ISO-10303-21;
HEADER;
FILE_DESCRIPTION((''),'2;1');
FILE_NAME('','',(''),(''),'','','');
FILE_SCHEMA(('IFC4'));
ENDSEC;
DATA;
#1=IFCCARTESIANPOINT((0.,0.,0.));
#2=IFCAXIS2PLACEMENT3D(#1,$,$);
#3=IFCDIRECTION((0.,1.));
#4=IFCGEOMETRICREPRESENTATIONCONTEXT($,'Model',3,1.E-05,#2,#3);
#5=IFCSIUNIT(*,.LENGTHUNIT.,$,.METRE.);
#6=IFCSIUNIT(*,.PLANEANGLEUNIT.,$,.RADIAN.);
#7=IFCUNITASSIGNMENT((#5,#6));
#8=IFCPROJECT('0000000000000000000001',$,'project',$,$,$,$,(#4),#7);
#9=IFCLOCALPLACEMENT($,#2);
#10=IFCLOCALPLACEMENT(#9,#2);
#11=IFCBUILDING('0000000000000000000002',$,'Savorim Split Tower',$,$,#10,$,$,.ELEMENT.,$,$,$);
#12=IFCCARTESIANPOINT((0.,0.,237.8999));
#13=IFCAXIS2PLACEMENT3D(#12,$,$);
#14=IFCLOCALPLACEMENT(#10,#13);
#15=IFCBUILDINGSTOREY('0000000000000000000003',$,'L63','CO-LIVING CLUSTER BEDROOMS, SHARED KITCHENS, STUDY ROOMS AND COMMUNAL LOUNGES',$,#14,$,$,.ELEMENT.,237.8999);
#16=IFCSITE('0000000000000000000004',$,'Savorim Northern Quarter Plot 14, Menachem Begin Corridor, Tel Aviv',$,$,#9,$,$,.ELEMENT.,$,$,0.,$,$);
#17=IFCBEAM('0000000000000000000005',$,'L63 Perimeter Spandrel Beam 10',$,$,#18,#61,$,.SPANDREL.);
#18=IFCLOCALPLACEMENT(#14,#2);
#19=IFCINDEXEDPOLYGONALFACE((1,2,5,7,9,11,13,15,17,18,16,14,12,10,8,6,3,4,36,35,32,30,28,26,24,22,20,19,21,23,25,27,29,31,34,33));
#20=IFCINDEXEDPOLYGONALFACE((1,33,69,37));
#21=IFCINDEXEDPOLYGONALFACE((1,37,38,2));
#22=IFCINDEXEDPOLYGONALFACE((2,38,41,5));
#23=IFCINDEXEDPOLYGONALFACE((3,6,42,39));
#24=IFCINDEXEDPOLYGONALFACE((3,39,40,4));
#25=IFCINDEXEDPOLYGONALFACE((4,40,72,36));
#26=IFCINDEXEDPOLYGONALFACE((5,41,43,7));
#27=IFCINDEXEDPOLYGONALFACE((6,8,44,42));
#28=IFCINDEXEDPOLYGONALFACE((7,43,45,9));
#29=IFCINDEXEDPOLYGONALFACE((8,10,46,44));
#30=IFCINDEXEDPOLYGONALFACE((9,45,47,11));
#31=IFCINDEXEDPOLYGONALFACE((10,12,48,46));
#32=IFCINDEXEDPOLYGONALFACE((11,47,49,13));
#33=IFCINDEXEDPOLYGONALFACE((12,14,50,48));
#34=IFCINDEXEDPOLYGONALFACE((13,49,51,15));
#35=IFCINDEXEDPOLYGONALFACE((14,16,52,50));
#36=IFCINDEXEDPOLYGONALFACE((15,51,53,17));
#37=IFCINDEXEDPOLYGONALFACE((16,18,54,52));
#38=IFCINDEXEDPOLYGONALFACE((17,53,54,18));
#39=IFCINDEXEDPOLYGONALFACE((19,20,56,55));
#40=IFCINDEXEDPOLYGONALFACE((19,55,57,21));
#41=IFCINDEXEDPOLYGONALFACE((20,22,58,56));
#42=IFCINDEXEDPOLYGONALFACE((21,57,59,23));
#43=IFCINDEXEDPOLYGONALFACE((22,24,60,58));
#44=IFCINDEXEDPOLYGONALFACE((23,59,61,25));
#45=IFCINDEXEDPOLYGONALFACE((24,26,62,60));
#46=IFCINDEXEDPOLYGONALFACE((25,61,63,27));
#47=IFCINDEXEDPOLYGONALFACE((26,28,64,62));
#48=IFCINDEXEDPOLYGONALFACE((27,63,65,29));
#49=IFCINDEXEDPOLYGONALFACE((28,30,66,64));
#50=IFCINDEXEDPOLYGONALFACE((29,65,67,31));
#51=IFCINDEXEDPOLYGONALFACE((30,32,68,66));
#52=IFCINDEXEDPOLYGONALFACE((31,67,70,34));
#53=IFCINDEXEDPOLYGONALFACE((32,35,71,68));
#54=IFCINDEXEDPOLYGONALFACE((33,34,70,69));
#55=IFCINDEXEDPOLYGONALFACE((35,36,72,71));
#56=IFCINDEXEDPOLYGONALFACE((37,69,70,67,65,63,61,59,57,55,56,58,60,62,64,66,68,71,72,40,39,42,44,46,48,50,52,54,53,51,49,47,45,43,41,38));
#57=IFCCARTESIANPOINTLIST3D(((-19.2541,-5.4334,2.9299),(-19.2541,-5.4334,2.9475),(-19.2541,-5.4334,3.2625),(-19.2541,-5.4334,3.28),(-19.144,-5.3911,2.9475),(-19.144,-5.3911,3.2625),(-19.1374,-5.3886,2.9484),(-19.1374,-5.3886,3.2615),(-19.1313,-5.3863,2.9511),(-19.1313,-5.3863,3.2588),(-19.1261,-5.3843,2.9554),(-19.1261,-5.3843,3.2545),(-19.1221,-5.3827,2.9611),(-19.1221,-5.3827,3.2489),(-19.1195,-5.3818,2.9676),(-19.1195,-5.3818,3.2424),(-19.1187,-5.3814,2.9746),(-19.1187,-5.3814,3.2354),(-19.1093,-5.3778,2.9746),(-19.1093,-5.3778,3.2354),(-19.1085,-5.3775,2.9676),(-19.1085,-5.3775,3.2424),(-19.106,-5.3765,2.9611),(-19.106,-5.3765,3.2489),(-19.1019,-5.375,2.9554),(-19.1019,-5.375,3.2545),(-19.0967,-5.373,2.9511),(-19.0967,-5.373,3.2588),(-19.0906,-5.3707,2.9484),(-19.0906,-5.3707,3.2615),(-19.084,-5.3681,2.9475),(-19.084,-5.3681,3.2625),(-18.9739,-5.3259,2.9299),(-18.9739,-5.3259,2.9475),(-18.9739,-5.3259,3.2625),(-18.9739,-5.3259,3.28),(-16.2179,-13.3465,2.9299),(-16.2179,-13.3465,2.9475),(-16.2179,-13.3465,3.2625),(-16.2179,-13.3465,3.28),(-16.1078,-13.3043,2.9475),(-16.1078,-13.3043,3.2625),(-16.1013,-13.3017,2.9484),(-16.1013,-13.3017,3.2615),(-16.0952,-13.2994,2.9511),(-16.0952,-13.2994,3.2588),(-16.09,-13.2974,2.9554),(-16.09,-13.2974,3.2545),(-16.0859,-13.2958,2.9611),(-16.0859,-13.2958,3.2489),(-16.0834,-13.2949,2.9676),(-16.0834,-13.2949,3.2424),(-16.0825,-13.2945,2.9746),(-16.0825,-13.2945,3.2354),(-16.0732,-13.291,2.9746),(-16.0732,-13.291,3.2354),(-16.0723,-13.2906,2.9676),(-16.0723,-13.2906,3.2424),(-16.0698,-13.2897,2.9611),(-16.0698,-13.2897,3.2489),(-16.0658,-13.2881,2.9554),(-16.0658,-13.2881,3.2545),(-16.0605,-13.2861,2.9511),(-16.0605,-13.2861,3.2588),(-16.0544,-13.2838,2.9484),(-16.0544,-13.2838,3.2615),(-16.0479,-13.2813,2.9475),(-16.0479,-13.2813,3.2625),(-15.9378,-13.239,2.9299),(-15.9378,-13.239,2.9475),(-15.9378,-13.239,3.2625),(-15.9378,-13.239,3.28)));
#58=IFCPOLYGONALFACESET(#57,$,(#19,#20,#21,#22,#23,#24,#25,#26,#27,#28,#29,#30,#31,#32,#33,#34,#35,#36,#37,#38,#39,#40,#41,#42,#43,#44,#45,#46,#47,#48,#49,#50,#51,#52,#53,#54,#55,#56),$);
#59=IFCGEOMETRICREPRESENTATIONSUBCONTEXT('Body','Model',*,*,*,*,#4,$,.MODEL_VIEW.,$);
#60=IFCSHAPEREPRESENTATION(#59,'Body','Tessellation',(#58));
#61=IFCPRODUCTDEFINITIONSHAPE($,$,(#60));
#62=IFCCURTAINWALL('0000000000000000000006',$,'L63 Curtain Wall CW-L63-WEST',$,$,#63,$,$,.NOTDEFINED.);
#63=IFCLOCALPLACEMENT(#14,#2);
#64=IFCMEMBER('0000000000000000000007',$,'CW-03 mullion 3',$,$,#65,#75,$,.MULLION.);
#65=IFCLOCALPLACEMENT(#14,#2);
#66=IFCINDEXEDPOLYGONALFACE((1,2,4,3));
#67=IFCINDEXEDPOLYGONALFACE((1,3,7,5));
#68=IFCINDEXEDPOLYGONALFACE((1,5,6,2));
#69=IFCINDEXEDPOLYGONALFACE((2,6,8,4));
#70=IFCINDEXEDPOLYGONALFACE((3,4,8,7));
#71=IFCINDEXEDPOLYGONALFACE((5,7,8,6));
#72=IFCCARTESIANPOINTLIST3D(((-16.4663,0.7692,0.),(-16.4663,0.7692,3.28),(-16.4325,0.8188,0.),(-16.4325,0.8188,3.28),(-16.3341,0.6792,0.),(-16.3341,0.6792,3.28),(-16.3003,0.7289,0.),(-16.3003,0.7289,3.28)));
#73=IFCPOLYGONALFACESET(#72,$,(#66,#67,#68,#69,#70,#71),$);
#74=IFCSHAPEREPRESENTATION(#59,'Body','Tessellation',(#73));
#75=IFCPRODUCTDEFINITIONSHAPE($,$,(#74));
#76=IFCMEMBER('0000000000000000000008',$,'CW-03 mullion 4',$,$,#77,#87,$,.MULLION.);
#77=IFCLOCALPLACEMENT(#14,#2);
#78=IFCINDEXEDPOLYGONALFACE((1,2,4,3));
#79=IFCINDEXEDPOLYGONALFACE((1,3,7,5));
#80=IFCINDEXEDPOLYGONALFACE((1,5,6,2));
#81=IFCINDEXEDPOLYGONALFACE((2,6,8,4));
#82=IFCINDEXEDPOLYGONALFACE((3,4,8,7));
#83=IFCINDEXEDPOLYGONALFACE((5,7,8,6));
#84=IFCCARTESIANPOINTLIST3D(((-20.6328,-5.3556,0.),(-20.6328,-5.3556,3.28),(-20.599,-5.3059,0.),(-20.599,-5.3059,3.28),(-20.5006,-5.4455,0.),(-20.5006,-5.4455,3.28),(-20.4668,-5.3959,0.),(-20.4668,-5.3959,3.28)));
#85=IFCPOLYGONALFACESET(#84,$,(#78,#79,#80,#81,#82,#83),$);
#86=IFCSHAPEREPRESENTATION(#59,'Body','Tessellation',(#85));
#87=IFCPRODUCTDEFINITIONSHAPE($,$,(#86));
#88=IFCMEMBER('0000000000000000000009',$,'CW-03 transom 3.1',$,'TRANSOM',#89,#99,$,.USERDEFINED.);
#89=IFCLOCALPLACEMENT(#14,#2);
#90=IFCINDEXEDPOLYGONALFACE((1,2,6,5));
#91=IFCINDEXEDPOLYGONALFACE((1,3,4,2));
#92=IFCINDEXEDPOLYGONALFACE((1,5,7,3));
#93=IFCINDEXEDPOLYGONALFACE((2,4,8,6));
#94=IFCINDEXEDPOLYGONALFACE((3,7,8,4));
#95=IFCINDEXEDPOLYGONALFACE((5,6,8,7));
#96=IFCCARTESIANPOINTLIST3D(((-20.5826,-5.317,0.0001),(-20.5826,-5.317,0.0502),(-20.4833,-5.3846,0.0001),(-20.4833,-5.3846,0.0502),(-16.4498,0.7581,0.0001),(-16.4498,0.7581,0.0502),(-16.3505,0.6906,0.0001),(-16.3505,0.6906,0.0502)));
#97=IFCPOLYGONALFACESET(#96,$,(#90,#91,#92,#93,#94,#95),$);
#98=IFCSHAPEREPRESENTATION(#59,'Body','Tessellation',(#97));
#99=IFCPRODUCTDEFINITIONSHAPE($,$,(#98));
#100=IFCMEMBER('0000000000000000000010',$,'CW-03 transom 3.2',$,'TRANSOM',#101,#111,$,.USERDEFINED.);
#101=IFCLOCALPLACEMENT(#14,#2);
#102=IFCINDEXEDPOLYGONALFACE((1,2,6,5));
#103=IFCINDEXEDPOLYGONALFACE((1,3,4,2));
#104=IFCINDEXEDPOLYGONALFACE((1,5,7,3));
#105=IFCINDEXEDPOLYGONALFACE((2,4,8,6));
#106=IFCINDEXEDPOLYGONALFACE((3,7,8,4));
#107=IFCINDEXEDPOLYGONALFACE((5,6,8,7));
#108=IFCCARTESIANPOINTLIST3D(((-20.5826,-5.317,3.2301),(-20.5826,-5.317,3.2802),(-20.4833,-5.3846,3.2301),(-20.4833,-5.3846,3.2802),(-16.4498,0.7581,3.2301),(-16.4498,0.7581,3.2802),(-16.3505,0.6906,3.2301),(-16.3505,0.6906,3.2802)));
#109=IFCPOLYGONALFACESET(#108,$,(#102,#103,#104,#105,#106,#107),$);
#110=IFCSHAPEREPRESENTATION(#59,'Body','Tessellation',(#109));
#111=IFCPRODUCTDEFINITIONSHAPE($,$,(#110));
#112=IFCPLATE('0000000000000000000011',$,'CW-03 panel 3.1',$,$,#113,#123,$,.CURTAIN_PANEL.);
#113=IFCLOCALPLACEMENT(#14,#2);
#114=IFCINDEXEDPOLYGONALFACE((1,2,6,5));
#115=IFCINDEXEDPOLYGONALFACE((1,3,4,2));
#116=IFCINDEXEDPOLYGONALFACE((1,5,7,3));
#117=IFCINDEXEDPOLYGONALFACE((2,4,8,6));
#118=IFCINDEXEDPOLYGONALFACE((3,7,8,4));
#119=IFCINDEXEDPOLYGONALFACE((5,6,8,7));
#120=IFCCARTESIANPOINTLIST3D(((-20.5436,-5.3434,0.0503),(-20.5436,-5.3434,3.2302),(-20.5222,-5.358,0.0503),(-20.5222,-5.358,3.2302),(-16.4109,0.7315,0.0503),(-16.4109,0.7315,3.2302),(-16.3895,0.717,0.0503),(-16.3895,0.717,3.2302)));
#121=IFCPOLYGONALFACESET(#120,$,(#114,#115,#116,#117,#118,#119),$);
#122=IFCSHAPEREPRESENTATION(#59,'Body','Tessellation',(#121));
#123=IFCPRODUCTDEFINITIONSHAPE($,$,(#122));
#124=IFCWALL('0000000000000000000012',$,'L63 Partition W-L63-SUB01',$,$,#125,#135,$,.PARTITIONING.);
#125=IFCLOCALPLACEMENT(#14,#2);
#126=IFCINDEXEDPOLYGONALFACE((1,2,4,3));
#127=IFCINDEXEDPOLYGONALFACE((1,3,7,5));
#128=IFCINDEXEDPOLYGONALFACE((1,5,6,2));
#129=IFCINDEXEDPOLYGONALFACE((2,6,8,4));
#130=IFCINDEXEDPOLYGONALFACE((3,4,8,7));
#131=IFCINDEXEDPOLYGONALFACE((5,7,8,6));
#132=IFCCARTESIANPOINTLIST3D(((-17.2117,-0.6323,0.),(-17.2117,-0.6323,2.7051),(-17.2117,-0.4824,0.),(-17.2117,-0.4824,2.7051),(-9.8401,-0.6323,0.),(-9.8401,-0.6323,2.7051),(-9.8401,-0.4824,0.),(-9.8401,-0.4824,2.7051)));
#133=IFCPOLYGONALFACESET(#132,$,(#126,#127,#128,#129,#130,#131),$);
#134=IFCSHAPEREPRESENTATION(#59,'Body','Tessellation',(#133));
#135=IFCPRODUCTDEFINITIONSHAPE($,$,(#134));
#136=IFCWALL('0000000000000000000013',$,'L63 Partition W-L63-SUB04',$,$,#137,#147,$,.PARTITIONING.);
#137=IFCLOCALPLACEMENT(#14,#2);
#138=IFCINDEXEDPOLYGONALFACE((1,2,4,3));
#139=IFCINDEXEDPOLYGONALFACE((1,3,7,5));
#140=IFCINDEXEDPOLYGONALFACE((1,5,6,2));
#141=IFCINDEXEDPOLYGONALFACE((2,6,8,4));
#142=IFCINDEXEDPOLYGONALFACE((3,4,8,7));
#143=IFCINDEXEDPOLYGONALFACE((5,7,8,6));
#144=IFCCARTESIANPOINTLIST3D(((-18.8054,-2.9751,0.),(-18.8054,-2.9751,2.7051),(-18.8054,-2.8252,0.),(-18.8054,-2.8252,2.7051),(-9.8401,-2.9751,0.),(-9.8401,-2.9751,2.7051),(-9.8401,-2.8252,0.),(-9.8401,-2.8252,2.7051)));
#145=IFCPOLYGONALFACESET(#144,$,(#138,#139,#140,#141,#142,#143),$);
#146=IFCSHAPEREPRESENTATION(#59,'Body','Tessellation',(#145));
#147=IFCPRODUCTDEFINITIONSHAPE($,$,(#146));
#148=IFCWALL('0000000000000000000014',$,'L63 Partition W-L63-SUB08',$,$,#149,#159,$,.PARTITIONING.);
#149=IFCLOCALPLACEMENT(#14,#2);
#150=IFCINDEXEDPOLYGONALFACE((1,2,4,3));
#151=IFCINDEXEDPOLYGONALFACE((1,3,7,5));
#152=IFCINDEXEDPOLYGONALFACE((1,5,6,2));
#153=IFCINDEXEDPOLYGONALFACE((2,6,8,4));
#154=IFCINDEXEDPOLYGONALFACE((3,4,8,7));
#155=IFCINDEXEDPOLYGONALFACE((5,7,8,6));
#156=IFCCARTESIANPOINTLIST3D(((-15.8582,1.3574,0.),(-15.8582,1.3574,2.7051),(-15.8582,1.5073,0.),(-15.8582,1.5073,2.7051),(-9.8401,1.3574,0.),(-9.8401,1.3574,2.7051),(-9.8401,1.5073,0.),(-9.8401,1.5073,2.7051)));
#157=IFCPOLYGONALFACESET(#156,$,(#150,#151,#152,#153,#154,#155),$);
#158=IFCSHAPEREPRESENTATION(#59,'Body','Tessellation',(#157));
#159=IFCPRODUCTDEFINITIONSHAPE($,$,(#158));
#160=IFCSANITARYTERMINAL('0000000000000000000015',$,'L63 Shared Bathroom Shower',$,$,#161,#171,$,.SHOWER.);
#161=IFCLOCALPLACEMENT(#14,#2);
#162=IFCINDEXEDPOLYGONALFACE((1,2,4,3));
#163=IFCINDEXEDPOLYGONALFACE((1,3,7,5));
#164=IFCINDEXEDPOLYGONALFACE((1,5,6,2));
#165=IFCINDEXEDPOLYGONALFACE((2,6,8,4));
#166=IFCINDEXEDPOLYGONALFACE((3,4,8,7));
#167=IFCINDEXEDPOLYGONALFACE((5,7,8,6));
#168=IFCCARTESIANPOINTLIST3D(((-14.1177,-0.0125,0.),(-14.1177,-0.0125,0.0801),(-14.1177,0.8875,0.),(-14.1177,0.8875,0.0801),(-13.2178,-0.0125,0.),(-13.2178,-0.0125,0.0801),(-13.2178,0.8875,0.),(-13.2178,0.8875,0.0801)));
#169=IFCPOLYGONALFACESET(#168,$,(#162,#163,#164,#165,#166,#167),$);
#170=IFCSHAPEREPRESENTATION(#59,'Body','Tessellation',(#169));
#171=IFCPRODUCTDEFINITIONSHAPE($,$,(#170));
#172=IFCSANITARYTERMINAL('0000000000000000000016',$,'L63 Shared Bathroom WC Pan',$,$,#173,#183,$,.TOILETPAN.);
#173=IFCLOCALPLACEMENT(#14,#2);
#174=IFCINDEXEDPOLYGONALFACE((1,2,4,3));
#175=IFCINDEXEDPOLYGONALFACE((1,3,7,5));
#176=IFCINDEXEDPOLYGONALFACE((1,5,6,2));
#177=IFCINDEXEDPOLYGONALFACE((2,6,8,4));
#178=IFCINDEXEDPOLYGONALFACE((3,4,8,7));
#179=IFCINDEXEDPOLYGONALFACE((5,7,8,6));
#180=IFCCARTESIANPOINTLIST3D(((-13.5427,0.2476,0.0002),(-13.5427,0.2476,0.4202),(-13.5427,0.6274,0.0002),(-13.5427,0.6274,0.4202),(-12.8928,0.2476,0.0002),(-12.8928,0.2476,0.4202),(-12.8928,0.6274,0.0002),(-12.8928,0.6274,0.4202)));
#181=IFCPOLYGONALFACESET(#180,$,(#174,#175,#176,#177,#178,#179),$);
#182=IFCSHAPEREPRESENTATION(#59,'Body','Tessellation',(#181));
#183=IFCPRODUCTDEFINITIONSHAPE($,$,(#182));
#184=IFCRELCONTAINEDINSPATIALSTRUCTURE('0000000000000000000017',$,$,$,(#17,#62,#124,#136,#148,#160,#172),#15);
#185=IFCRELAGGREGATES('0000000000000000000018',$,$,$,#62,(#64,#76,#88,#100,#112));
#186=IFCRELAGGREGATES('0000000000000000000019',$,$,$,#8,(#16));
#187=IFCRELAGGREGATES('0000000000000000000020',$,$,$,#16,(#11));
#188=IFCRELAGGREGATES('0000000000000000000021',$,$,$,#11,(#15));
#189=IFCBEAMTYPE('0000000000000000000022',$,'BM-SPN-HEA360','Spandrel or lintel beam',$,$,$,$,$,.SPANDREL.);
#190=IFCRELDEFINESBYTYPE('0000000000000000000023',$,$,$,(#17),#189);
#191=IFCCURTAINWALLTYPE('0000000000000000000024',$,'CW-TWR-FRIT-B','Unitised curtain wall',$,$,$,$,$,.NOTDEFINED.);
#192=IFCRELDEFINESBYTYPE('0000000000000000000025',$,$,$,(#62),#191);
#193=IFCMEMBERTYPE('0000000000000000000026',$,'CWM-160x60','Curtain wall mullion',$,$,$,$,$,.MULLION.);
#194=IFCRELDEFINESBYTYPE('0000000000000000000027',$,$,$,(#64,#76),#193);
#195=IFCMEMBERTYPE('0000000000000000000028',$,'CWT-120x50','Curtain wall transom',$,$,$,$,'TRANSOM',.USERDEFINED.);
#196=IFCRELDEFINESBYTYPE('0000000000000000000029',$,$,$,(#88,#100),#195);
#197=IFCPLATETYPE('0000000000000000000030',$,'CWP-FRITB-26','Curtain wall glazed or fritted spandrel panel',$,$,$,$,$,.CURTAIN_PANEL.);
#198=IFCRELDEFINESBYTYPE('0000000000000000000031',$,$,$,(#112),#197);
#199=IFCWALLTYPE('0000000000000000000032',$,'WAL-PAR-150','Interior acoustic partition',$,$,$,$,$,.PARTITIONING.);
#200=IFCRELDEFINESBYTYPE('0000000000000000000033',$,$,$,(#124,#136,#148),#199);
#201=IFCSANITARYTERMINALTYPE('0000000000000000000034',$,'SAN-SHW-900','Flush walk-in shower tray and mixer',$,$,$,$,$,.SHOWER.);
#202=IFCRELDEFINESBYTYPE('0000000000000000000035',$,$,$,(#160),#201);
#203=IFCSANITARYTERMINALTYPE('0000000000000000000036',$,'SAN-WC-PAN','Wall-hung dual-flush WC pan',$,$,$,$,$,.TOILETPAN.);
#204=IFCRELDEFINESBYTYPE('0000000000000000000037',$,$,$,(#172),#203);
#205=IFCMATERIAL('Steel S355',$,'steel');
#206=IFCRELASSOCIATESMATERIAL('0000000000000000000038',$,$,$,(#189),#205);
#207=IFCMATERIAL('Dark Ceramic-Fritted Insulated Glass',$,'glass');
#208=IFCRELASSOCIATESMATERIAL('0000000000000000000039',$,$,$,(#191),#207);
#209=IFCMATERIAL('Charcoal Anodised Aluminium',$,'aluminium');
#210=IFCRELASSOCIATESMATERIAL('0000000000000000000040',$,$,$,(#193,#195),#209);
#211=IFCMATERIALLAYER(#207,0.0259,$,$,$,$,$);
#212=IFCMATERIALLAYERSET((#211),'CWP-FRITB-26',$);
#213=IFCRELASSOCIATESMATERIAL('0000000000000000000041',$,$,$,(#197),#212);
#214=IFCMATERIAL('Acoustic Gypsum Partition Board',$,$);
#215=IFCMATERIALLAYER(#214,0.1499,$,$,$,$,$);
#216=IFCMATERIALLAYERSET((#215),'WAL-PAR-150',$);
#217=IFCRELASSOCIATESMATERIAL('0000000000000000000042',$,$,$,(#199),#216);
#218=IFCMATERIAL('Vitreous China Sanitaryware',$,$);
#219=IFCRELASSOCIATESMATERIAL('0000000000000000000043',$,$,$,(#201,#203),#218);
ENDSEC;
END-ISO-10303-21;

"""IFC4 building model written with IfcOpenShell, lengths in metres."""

from ifc_helpers import new_model, si_unit, direction, frame, frame_2d, origin, origin_2d, place, context, subcontext, project, spatial, rectangle, i_section, extrude, material, layer, layer_set, material_profile, profile_set, type_object, element, aggregate, save


model = new_model("IFC4")

# Units and contexts
model_context = context("Model", 3, precision=1e-05, world=origin(), true_north=direction((0.0, 1.0)))
body_context = subcontext(model_context, "Body", "Model", "MODEL_VIEW")
ifc_project = project(units=[si_unit("LENGTHUNIT", "METRE"), si_unit("PLANEANGLEUNIT", "RADIAN")], contexts=[model_context])

# Site, building, storey
site_placement = place(None, origin())
site = spatial("IfcSite", under=ifc_project, at=site_placement, Name="Savorim Northern Quarter Plot 14, Menachem Begin Corridor, Tel Aviv", CompositionType="ELEMENT", RefElevation=0.0)
building_placement = place(site_placement, origin())
building = spatial("IfcBuilding", under=site, at=building_placement, Name="Savorim Split Tower", CompositionType="ELEMENT")
storey_placement = place(building_placement, frame((0.0, 0.0, 237.8999)))
storey = spatial("IfcBuildingStorey", under=building, at=storey_placement, Name="L63", Description="CO-LIVING CLUSTER BEDROOMS, SHARED KITCHENS, STUDY ROOMS AND COMMUNAL LOUNGES", CompositionType="ELEMENT", Elevation=237.8999)

# Shared definitions
ifc_material_1 = material(Name="Steel S355", Category="steel")

# Beam
ifc_material_profile_1 = material_profile(ifc_material_1, i_section(OverallWidth=0.3, OverallDepth=0.3501, WebThickness=0.01, FlangeThickness=0.0176, FilletRadius=0.0271, at=origin_2d()), Name="HEA 360")
ifc_profile_set_1 = profile_set([ifc_material_profile_1], Name="Steel S355")
beam_type_1 = type_object("IfcBeamType", Name="BM-SPN-HEA360", Description="Spandrel or lintel beam", PredefinedType="SPANDREL", material=ifc_profile_set_1)
beam_1_placement = place(storey_placement, frame((-19.114, -5.3796, 3.105), z_axis=(0.358222, -0.933636, 0.0), x_axis=(0.933636, 0.358222, 0.0)))
element("IfcBeam", 1, at=beam_1_placement, inside=storey, type_object=beam_type_1, Name="L63 Perimeter Spandrel Beam 10", PredefinedType="SPANDREL", context=body_context, shape_type="SweptSolid", body=[
    extrude(i_section(OverallWidth=0.3, OverallDepth=0.3501, WebThickness=0.01, FlangeThickness=0.0176, FilletRadius=0.0271, at=origin_2d()), origin(), (0.0, 0.0, 1.0), 8.4756),
])

# Curtain wall, members, plate
ifc_material_2 = material(Name="Dark Ceramic-Fritted Insulated Glass", Category="glass")
curtain_wall_type = type_object("IfcCurtainWallType", Name="CW-TWR-FRIT-B", Description="Unitised curtain wall", PredefinedType="NOTDEFINED", material=ifc_material_2)
curtain_wall_placement = place(storey_placement, origin())
curtain_wall = element("IfcCurtainWall", 2, at=curtain_wall_placement, inside=storey, type_object=curtain_wall_type, Name="L63 Curtain Wall CW-L63-WEST", PredefinedType="NOTDEFINED")
ifc_material_3 = material(Name="Charcoal Anodised Aluminium", Category="aluminium")
ifc_material_profile_2 = material_profile(ifc_material_3, rectangle(XDim=0.1599, YDim=0.0601, at=origin_2d()), Name="ALU-M 160x60")
ifc_profile_set_2 = profile_set([ifc_material_profile_2], Name="Charcoal Anodised Aluminium")
member_type_1 = type_object("IfcMemberType", Name="CWM-160x60", Description="Curtain wall mullion", PredefinedType="MULLION", material=ifc_profile_set_2)
member_1_placement = place(storey_placement, frame((-16.3833, 0.749, 0.0), z_axis=(0.0, 0.0, 1.0), x_axis=(0.82682, -0.562467, 0.0)))
member_1 = element("IfcMember", 3, at=member_1_placement, type_object=member_type_1, Name="CW-03 mullion 3", PredefinedType="MULLION", context=body_context, shape_type="SweptSolid", body=[
    extrude(rectangle(XDim=0.1599, YDim=0.0601, at=origin_2d()), origin(), (0.0, 0.0, 1.0), 3.28),
])
member_2_placement = place(storey_placement, frame((-20.5498, -5.3757, 0.0), z_axis=(0.0, 0.0, 1.0), x_axis=(0.82682, -0.562467, 0.0)))
member_2 = element("IfcMember", 4, at=member_2_placement, type_object=member_type_1, Name="CW-03 mullion 4", PredefinedType="MULLION", context=body_context, shape_type="SweptSolid", body=[
    extrude(rectangle(XDim=0.1599, YDim=0.0601, at=origin_2d()), origin(), (0.0, 0.0, 1.0), 3.28),
])
ifc_material_profile_3 = material_profile(ifc_material_3, rectangle(XDim=0.1201, YDim=0.05, at=origin_2d()), Name="ALU-T 120x50")
ifc_profile_set_3 = profile_set([ifc_material_profile_3], Name="Charcoal Anodised Aluminium")
member_type_2 = type_object("IfcMemberType", Name="CWT-120x50", Description="Curtain wall transom", ElementType="TRANSOM", PredefinedType="USERDEFINED", material=ifc_profile_set_3)
member_3_placement = place(storey_placement, frame((-16.4001, 0.7244, 0.0251), z_axis=(-0.562466, -0.82682, 0.0), x_axis=(0.82682, -0.562466, 0.0)))
member_3 = element("IfcMember", 5, at=member_3_placement, type_object=member_type_2, Name="CW-03 transom 3.1", ObjectType="TRANSOM", PredefinedType="USERDEFINED", context=body_context, shape_type="SweptSolid", body=[
    extrude(rectangle(XDim=0.1201, YDim=0.05, at=origin_2d()), origin(), (0.0, 0.0, 1.0), 7.3477),
])
member_4_placement = place(storey_placement, frame((-16.4001, 0.7244, 3.2551), z_axis=(-0.562466, -0.82682, 0.0), x_axis=(0.82682, -0.562466, 0.0)))
member_4 = element("IfcMember", 6, at=member_4_placement, type_object=member_type_2, Name="CW-03 transom 3.2", ObjectType="TRANSOM", PredefinedType="USERDEFINED", context=body_context, shape_type="SweptSolid", body=[
    extrude(rectangle(XDim=0.1201, YDim=0.05, at=origin_2d()), origin(), (0.0, 0.0, 1.0), 7.3477),
])
ifc_layer_1 = layer(ifc_material_2, 0.0259)
ifc_layer_set_1 = layer_set([ifc_layer_1], Name="CWP-FRITB-26")
plate_type = type_object("IfcPlateType", Name="CWP-FRITB-26", Description="Curtain wall glazed or fritted spandrel panel", PredefinedType="CURTAIN_PANEL", material=ifc_layer_set_1)
plate_placement = place(storey_placement, frame((-18.4666, -2.3132, 0.0503), z_axis=(0.0, 0.0, 1.0), x_axis=(-0.562467, -0.82682, 0.0)))
plate = element("IfcPlate", 7, at=plate_placement, type_object=plate_type, Name="CW-03 panel 3.1", PredefinedType="CURTAIN_PANEL", context=body_context, shape_type="SweptSolid", body=[
    extrude(rectangle(XDim=7.3474, YDim=0.0259, at=origin_2d()), origin(), (0.0, 0.0, 1.0), 3.1799),
])
aggregate(curtain_wall, [member_1, member_2, member_3, member_4, plate])

# Walls
ifc_material_4 = material(Name="Acoustic Gypsum Partition Board")
ifc_layer_2 = layer(ifc_material_4, 0.1499)
ifc_layer_set_2 = layer_set([ifc_layer_2], Name="WAL-PAR-150")
wall_type_1 = type_object("IfcWallType", Name="WAL-PAR-150", Description="Interior acoustic partition", PredefinedType="PARTITIONING", material=ifc_layer_set_2)
wall_1_placement = place(storey_placement, frame((-9.8401, -0.5574, 0.0), z_axis=(0.0, 0.0, 1.0), x_axis=(-1.0, 0.0, 0.0)))
element("IfcWall", 8, at=wall_1_placement, inside=storey, type_object=wall_type_1, Name="L63 Partition W-L63-SUB01", PredefinedType="PARTITIONING", context=body_context, shape_type="SweptSolid", body=[
    extrude(rectangle(XDim=7.3716, YDim=0.1499, at=frame_2d((3.6858, 0.0))), origin(), (0.0, 0.0, 1.0), 2.7051),
])
wall_2_placement = place(storey_placement, frame((-9.8401, -2.9001, 0.0), z_axis=(0.0, 0.0, 1.0), x_axis=(-1.0, 0.0, 0.0)))
element("IfcWall", 9, at=wall_2_placement, inside=storey, type_object=wall_type_1, Name="L63 Partition W-L63-SUB04", PredefinedType="PARTITIONING", context=body_context, shape_type="SweptSolid", body=[
    extrude(rectangle(XDim=8.9653, YDim=0.1499, at=frame_2d((4.4827, 0.0))), origin(), (0.0, 0.0, 1.0), 2.7051),
])
wall_3_placement = place(storey_placement, frame((-9.8401, 1.4324, 0.0), z_axis=(0.0, 0.0, 1.0), x_axis=(-1.0, 0.0, 0.0)))
element("IfcWall", 10, at=wall_3_placement, inside=storey, type_object=wall_type_1, Name="L63 Partition W-L63-SUB08", PredefinedType="PARTITIONING", context=body_context, shape_type="SweptSolid", body=[
    extrude(rectangle(XDim=6.0181, YDim=0.1499, at=frame_2d((3.009, 0.0))), origin(), (0.0, 0.0, 1.0), 2.7051),
])

# Sanitary terminals
ifc_material_5 = material(Name="Vitreous China Sanitaryware")
sanitary_terminal_type_1 = type_object("IfcSanitaryTerminalType", Name="SAN-SHW-900", Description="Flush walk-in shower tray and mixer", PredefinedType="SHOWER", material=ifc_material_5)
sanitary_terminal_1_placement = place(storey_placement, frame((-13.6677, 0.4375, 0.0), z_axis=(0.0, 0.0, 1.0), x_axis=(1.0, 0.0, 0.0)))
element("IfcSanitaryTerminal", 11, at=sanitary_terminal_1_placement, inside=storey, type_object=sanitary_terminal_type_1, Name="L63 Shared Bathroom Shower", PredefinedType="SHOWER", context=body_context, shape_type="SweptSolid", body=[
    extrude(rectangle(XDim=0.8999, YDim=0.8999, at=origin_2d()), origin(), (0.0, 0.0, 1.0), 0.0801),
])
sanitary_terminal_type_2 = type_object("IfcSanitaryTerminalType", Name="SAN-WC-PAN", Description="Wall-hung dual-flush WC pan", PredefinedType="TOILETPAN", material=ifc_material_5)
sanitary_terminal_2_placement = place(storey_placement, frame((-13.2178, 0.4375, 0.0002), z_axis=(0.0, 0.0, 1.0), x_axis=(1.0, 0.0, 0.0)))
element("IfcSanitaryTerminal", 12, at=sanitary_terminal_2_placement, inside=storey, type_object=sanitary_terminal_type_2, Name="L63 Shared Bathroom WC Pan", PredefinedType="TOILETPAN", context=body_context, shape_type="SweptSolid", body=[
    extrude(rectangle(XDim=0.6499, YDim=0.3799, at=origin_2d()), origin(), (0.0, 0.0, 1.0), 0.4199),
])

save(model, "model.ifc")
